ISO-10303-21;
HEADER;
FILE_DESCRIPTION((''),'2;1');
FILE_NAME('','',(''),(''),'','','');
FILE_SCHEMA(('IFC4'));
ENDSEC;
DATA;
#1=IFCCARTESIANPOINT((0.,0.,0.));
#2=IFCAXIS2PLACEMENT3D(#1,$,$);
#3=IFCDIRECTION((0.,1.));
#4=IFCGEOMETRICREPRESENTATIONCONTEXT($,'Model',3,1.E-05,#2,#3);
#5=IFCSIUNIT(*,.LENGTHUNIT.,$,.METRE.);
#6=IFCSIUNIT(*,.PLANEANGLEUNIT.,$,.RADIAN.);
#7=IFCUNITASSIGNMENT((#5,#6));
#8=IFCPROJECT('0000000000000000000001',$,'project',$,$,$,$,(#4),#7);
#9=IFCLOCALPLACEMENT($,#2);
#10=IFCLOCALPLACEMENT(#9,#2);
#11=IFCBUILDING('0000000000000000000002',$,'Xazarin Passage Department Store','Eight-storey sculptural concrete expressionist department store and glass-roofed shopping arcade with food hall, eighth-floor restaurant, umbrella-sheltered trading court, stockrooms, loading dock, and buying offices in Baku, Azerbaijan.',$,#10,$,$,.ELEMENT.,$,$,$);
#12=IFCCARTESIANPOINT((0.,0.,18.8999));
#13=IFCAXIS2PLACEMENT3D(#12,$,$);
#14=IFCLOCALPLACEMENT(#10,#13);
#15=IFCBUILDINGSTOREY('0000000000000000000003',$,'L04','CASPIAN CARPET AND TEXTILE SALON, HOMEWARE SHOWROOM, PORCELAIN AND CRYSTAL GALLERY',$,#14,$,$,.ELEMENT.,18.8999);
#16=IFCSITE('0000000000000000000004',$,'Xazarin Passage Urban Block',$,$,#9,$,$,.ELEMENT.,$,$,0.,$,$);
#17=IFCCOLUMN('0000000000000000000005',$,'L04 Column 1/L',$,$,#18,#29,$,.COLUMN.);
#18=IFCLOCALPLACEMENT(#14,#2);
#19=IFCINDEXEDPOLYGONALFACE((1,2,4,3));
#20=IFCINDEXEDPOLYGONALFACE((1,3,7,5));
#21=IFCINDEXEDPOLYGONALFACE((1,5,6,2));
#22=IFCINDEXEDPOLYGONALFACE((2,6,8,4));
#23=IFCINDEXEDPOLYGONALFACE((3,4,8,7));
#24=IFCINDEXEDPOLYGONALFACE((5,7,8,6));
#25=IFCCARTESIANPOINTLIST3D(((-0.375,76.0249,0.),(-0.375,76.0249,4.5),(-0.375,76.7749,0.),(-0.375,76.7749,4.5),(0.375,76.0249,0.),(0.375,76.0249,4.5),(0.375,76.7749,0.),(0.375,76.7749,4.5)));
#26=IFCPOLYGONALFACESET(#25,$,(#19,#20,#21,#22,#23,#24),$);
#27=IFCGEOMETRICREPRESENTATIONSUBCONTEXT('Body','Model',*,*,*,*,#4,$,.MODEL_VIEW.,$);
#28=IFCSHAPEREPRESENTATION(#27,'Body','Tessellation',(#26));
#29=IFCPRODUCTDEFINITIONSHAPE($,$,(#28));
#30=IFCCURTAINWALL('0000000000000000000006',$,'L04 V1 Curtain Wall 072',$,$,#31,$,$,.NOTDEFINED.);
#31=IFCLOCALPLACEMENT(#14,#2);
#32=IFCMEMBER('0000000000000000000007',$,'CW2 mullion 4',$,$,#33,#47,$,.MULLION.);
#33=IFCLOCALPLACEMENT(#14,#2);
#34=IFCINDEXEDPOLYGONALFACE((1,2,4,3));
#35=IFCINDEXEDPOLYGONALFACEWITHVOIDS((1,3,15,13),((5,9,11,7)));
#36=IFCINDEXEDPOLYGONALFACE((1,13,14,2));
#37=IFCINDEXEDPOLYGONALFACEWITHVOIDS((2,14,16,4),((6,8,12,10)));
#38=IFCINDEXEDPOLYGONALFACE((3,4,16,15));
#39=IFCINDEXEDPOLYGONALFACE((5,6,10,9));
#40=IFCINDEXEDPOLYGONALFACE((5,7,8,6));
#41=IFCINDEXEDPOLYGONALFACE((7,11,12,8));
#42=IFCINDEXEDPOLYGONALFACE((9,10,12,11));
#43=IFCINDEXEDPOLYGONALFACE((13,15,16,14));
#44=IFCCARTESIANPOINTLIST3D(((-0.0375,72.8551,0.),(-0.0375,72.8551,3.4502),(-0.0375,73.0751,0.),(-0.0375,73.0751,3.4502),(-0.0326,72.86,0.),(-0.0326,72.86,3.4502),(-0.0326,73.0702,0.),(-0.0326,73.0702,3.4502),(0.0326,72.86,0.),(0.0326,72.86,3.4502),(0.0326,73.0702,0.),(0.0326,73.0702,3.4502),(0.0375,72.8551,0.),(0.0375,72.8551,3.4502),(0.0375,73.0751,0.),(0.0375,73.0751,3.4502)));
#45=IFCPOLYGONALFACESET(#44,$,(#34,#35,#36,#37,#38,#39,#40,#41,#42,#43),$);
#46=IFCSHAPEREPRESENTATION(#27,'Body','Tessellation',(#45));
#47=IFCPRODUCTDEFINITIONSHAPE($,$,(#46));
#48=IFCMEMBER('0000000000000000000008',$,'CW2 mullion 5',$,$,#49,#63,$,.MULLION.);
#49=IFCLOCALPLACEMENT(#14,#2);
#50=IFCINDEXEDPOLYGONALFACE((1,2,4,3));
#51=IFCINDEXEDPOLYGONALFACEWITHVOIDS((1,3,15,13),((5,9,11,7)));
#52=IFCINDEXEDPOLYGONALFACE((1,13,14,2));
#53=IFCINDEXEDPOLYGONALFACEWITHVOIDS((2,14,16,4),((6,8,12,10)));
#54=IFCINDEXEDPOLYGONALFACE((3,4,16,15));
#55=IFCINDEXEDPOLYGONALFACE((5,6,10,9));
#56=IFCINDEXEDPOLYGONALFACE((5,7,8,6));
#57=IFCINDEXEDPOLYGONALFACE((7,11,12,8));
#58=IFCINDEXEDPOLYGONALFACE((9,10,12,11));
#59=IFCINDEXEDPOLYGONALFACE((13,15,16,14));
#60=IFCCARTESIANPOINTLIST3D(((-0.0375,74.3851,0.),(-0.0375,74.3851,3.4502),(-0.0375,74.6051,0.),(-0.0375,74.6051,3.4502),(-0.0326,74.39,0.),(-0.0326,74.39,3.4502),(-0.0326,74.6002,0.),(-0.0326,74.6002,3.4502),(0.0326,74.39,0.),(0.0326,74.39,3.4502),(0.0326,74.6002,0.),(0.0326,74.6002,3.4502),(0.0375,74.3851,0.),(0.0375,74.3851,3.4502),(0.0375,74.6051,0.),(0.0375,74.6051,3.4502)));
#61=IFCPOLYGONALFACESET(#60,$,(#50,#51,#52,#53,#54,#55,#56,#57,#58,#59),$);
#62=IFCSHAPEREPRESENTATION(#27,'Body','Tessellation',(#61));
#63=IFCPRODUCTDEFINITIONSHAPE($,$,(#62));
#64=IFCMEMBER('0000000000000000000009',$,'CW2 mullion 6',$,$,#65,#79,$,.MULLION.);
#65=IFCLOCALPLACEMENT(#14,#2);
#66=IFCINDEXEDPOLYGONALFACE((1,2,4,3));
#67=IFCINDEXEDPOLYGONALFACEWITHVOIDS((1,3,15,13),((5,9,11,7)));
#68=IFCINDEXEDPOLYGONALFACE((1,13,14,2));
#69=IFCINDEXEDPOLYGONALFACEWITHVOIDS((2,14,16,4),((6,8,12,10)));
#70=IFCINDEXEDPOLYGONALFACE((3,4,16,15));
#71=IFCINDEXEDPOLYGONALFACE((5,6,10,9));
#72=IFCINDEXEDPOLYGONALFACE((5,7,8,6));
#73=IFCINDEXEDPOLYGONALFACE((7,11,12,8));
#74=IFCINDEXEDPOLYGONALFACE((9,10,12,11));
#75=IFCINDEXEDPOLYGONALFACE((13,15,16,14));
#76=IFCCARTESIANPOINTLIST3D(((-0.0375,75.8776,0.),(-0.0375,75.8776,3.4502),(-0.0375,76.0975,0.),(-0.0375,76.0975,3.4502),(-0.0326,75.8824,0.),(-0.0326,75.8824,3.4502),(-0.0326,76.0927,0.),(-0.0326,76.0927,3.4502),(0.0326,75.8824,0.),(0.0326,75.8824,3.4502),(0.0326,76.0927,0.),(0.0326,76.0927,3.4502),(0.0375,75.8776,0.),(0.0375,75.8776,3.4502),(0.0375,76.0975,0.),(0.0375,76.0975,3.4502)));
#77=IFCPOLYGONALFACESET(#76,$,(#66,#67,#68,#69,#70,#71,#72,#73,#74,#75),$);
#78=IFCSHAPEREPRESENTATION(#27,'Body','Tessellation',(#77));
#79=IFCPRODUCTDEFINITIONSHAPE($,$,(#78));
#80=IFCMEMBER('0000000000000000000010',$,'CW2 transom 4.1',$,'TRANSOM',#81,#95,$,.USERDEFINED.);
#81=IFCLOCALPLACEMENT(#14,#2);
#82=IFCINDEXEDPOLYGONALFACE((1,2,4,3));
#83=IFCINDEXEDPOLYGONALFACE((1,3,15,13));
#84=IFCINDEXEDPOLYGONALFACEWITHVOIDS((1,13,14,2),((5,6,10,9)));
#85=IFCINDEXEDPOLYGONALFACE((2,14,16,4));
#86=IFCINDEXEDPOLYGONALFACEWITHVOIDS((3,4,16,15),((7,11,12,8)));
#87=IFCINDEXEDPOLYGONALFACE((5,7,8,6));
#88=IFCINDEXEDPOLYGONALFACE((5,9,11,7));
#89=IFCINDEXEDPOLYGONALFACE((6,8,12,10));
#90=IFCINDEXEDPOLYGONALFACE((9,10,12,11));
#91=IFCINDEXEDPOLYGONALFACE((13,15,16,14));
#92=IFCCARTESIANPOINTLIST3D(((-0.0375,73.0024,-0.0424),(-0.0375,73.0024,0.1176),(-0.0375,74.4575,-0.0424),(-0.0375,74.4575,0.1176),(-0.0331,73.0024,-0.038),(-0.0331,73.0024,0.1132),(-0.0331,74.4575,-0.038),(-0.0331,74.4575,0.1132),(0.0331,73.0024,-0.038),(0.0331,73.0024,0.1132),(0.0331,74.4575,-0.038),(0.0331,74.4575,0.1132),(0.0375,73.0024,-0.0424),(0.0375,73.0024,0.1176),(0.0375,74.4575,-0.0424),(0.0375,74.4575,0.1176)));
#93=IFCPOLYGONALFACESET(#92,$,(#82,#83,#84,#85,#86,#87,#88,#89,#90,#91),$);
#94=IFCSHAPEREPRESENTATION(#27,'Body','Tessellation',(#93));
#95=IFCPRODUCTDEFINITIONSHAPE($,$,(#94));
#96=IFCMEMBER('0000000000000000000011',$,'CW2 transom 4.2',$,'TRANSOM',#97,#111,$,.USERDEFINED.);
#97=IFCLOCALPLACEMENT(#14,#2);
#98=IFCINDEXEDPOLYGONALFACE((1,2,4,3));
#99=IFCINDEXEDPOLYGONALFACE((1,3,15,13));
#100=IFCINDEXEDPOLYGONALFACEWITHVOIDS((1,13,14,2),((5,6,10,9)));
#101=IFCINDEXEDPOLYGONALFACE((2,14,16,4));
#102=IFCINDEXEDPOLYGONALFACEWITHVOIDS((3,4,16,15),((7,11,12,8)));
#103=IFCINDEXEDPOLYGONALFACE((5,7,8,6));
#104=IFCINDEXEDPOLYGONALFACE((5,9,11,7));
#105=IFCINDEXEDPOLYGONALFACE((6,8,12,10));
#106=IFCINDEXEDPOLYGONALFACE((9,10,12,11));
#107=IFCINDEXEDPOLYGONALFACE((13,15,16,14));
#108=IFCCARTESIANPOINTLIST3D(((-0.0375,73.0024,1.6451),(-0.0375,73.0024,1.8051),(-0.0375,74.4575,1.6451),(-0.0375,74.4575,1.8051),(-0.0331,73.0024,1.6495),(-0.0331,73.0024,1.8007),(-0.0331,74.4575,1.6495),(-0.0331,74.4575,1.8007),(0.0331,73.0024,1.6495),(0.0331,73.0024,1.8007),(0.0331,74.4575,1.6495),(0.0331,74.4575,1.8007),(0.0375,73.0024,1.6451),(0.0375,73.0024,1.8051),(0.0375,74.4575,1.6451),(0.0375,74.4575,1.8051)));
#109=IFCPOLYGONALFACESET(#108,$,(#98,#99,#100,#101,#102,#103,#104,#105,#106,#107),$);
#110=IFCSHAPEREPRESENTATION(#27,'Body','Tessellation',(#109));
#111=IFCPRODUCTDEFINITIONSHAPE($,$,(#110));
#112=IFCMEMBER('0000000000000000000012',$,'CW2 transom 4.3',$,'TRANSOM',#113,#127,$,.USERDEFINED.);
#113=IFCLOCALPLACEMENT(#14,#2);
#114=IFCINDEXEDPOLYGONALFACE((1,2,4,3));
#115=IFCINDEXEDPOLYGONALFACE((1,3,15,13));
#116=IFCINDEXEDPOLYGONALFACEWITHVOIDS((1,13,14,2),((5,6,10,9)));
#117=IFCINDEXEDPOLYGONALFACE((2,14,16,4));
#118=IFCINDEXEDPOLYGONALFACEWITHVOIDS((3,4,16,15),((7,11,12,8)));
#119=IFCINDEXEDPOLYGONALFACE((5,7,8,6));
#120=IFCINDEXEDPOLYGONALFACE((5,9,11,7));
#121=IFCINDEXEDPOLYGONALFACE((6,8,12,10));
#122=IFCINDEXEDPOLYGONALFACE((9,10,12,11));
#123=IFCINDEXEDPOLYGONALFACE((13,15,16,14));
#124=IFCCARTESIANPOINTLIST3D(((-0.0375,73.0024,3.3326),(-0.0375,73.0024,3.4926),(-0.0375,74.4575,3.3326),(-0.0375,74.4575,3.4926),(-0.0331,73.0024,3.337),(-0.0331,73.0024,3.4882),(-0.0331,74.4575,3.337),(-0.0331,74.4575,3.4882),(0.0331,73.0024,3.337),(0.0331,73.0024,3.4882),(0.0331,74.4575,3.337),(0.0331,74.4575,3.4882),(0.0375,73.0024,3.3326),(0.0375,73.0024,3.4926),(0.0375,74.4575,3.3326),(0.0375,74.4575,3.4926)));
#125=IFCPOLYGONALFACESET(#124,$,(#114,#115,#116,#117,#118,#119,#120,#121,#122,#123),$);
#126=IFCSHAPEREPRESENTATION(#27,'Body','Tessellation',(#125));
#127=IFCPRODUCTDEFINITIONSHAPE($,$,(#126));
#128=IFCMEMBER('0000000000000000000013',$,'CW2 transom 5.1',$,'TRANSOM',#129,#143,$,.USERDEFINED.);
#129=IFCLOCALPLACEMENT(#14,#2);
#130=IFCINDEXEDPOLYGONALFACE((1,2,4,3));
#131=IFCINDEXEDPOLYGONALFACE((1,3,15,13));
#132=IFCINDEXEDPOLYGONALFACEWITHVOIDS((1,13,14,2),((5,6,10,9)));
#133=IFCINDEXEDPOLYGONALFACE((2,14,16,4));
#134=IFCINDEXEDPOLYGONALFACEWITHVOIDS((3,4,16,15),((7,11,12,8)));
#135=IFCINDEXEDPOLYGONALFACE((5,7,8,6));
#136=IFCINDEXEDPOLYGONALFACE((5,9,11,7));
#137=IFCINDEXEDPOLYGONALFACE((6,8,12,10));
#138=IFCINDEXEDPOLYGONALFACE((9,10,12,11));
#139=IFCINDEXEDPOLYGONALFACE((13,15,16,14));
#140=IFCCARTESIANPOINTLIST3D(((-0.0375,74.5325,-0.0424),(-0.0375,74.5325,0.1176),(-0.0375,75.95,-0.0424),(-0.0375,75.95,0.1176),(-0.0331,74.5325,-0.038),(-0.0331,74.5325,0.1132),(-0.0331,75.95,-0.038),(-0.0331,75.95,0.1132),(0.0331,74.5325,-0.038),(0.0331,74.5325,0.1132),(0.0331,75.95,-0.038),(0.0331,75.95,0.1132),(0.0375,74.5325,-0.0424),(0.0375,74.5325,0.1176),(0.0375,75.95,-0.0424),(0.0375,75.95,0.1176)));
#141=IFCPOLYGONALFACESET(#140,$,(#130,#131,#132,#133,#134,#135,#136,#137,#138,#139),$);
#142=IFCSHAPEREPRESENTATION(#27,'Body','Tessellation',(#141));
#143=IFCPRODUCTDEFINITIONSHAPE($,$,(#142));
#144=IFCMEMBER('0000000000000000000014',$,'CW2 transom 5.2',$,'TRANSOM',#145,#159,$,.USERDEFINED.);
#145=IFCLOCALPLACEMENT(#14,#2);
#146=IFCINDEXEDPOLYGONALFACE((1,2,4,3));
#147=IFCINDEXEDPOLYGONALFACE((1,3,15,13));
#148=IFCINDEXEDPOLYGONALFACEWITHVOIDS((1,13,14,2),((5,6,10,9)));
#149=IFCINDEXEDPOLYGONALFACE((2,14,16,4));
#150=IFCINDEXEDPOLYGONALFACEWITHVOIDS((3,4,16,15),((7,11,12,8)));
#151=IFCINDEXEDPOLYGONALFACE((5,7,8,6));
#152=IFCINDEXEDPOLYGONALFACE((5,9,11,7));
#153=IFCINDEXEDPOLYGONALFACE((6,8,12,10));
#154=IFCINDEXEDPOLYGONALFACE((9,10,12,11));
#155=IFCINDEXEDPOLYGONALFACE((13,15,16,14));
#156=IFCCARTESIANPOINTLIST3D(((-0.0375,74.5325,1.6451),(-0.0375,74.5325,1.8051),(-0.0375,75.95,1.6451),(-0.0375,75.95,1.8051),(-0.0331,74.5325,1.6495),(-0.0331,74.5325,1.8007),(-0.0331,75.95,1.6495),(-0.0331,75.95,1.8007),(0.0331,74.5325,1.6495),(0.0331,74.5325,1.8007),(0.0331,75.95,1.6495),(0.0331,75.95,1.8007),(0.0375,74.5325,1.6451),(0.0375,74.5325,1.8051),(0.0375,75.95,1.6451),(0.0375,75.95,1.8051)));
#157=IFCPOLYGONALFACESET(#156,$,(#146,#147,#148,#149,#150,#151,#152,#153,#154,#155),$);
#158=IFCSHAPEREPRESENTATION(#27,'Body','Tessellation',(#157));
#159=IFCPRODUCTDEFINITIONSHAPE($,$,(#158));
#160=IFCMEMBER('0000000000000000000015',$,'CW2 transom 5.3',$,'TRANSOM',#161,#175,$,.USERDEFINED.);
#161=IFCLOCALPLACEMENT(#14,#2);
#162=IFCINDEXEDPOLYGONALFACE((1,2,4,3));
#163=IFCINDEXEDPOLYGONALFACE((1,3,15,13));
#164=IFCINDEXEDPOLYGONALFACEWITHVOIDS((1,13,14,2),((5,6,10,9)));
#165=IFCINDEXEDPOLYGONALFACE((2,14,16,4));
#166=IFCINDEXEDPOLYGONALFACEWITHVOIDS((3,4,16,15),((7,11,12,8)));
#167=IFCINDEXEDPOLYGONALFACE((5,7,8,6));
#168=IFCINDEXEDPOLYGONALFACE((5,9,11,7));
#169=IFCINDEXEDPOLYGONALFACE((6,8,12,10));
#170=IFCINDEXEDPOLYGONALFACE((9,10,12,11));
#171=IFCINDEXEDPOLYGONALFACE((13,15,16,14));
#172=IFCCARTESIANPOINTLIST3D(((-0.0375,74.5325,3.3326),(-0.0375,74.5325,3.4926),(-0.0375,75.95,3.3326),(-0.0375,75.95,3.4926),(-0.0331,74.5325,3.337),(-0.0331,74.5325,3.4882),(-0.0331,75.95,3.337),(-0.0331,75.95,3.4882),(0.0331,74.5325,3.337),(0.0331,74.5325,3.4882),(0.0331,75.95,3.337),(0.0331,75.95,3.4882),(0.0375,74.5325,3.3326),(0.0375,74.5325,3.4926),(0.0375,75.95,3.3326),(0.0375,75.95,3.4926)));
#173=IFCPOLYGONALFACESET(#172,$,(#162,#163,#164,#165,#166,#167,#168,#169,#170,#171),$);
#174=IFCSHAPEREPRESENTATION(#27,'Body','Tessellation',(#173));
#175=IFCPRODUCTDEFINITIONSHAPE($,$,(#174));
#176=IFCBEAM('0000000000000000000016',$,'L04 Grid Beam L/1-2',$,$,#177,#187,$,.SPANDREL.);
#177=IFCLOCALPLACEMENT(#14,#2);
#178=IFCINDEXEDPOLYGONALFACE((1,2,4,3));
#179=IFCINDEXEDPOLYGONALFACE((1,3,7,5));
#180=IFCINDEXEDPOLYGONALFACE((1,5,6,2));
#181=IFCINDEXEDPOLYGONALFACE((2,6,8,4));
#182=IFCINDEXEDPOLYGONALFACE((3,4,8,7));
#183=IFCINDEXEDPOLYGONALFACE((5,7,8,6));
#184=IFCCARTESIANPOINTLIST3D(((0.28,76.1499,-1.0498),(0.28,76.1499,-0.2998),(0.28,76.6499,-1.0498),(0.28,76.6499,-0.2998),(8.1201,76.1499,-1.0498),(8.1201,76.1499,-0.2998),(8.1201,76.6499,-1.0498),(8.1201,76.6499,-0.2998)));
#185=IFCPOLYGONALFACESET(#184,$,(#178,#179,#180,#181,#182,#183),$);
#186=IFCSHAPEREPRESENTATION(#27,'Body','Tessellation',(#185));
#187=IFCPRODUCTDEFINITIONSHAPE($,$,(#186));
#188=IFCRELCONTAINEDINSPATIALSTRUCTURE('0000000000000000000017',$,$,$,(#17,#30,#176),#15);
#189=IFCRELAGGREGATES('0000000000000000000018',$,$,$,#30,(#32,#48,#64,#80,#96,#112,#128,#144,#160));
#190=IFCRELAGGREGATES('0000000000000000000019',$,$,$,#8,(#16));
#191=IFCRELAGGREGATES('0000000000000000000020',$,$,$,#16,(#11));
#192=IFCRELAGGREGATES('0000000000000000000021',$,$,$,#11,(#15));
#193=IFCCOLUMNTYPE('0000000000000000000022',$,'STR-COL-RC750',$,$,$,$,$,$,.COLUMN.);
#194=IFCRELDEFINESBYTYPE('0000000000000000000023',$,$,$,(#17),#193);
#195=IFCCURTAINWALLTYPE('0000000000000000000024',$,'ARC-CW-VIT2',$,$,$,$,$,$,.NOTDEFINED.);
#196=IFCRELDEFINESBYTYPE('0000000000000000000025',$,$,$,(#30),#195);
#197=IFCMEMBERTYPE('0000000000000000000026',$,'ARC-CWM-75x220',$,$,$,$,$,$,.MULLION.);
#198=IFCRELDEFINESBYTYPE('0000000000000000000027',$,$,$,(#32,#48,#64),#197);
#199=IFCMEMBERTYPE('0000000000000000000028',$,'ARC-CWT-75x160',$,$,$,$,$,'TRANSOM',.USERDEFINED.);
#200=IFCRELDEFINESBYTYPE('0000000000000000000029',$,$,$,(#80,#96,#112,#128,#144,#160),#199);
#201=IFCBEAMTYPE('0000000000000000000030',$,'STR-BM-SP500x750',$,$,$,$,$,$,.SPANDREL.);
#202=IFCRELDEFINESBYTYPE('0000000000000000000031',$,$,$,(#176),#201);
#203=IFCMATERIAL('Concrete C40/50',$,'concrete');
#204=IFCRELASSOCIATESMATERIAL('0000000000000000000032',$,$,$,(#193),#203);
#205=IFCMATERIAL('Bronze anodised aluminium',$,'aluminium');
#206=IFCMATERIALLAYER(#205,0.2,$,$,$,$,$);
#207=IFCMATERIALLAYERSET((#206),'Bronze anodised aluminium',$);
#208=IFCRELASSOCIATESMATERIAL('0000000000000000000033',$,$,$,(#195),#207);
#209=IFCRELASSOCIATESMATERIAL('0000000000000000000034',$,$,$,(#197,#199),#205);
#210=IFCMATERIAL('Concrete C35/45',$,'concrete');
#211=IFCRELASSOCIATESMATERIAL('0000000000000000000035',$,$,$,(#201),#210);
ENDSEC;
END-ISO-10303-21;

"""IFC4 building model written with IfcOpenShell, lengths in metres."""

from ifc_helpers import new_model, si_unit, direction, frame, origin, origin_2d, place, context, subcontext, project, spatial, rectangle, hollow_rectangle, extrude, material, layer, layer_set, material_profile, profile_set, type_object, element, aggregate, save


model = new_model("IFC4")

# Units and contexts
model_context = context("Model", 3, precision=1e-05, world=origin(), true_north=direction((0.0, 1.0)))
body_context = subcontext(model_context, "Body", "Model", "MODEL_VIEW")
ifc_project = project(units=[si_unit("LENGTHUNIT", "METRE"), si_unit("PLANEANGLEUNIT", "RADIAN")], contexts=[model_context])

# Site, building, storey
site_placement = place(None, origin())
site = spatial("IfcSite", under=ifc_project, at=site_placement, Name="Xazarin Passage Urban Block", CompositionType="ELEMENT", RefElevation=0.0)
building_placement = place(site_placement, origin())
building = spatial("IfcBuilding", under=site, at=building_placement, Name="Xazarin Passage Department Store", Description="Eight-storey sculptural concrete expressionist department store and glass-roofed shopping arcade with food hall, eighth-floor restaurant, umbrella-sheltered trading court, stockrooms, loading dock, and buying offices in Baku, Azerbaijan.", CompositionType="ELEMENT")
storey_placement = place(building_placement, frame((0.0, 0.0, 18.8999)))
storey = spatial("IfcBuildingStorey", under=building, at=storey_placement, Name="L04", Description="CASPIAN CARPET AND TEXTILE SALON, HOMEWARE SHOWROOM, PORCELAIN AND CRYSTAL GALLERY", CompositionType="ELEMENT", Elevation=18.8999)

# Column
ifc_material_1 = material(Name="Concrete C40/50", Category="concrete")
ifc_material_profile_1 = material_profile(ifc_material_1, rectangle(XDim=0.75, YDim=0.75, at=origin_2d()), Name="RC 750x750")
ifc_profile_set_1 = profile_set([ifc_material_profile_1], Name="Concrete C40/50")
column_type = type_object("IfcColumnType", Name="STR-COL-RC750", PredefinedType="COLUMN", material=ifc_profile_set_1)
column_placement = place(storey_placement, frame((0.0, 76.3999, 0.0), z_axis=(0.0, 0.0, 1.0), x_axis=(1.0, 0.0, 0.0)))
element("IfcColumn", 1, at=column_placement, inside=storey, type_object=column_type, Name="L04 Column 1/L", PredefinedType="COLUMN", context=body_context, shape_type="SweptSolid", body=[
    extrude(rectangle(XDim=0.75, YDim=0.75, at=origin_2d()), origin(), (0.0, 0.0, 1.0), 4.5),
])

# Curtain wall, members
ifc_material_2 = material(Name="Bronze anodised aluminium", Category="aluminium")
ifc_layer_1 = layer(ifc_material_2, 0.2)
ifc_layer_set_1 = layer_set([ifc_layer_1], Name="Bronze anodised aluminium")
curtain_wall_type = type_object("IfcCurtainWallType", Name="ARC-CW-VIT2", PredefinedType="NOTDEFINED", material=ifc_layer_set_1)
curtain_wall_placement = place(storey_placement, origin())
curtain_wall = element("IfcCurtainWall", 2, at=curtain_wall_placement, inside=storey, type_object=curtain_wall_type, Name="L04 V1 Curtain Wall 072", PredefinedType="NOTDEFINED")
ifc_material_profile_2 = material_profile(ifc_material_2, hollow_rectangle(XDim=0.075, YDim=0.22, WallThickness=0.0049, at=origin_2d()), Name="ALU 75x220")
ifc_profile_set_2 = profile_set([ifc_material_profile_2], Name="Bronze anodised aluminium")
member_type_1 = type_object("IfcMemberType", Name="ARC-CWM-75x220", PredefinedType="MULLION", material=ifc_profile_set_2)
member_1_placement = place(storey_placement, frame((0.0, 72.9651, 0.0), z_axis=(0.0, 0.0, 1.0), x_axis=(-1.0, 0.0, 0.0)))
member_1 = element("IfcMember", 3, at=member_1_placement, type_object=member_type_1, Name="CW2 mullion 4", PredefinedType="MULLION", context=body_context, shape_type="SweptSolid", body=[
    extrude(hollow_rectangle(XDim=0.075, YDim=0.22, WallThickness=0.0049, at=origin_2d()), origin(), (0.0, 0.0, 1.0), 3.4502),
])
member_2_placement = place(storey_placement, frame((0.0, 74.4951, 0.0), z_axis=(0.0, 0.0, 1.0), x_axis=(-1.0, 0.0, 0.0)))
member_2 = element("IfcMember", 4, at=member_2_placement, type_object=member_type_1, Name="CW2 mullion 5", PredefinedType="MULLION", context=body_context, shape_type="SweptSolid", body=[
    extrude(hollow_rectangle(XDim=0.075, YDim=0.22, WallThickness=0.0049, at=origin_2d()), origin(), (0.0, 0.0, 1.0), 3.4502),
])
member_3_placement = place(storey_placement, frame((0.0, 75.9875, 0.0), z_axis=(0.0, 0.0, 1.0), x_axis=(-1.0, 0.0, 0.0)))
member_3 = element("IfcMember", 5, at=member_3_placement, type_object=member_type_1, Name="CW2 mullion 6", PredefinedType="MULLION", context=body_context, shape_type="SweptSolid", body=[
    extrude(hollow_rectangle(XDim=0.075, YDim=0.22, WallThickness=0.0049, at=origin_2d()), origin(), (0.0, 0.0, 1.0), 3.4502),
])
ifc_material_profile_3 = material_profile(ifc_material_2, hollow_rectangle(XDim=0.075, YDim=0.1599, WallThickness=0.0044, at=origin_2d()), Name="ALU 75x160")
ifc_profile_set_3 = profile_set([ifc_material_profile_3], Name="Bronze anodised aluminium")
member_type_2 = type_object("IfcMemberType", Name="ARC-CWT-75x160", ElementType="TRANSOM", PredefinedType="USERDEFINED", material=ifc_profile_set_3)
member_4_placement = place(storey_placement, frame((0.0, 73.0024, 0.0376), z_axis=(0.0, 1.0, 0.0), x_axis=(-1.0, 0.0, 0.0)))
member_4 = element("IfcMember", 6, at=member_4_placement, type_object=member_type_2, Name="CW2 transom 4.1", ObjectType="TRANSOM", PredefinedType="USERDEFINED", context=body_context, shape_type="SweptSolid", body=[
    extrude(hollow_rectangle(XDim=0.075, YDim=0.1599, WallThickness=0.0044, at=origin_2d()), origin(), (0.0, 0.0, 1.0), 1.4551),
])
member_5_placement = place(storey_placement, frame((0.0, 73.0024, 1.7251), z_axis=(0.0, 1.0, 0.0), x_axis=(-1.0, 0.0, 0.0)))
member_5 = element("IfcMember", 7, at=member_5_placement, type_object=member_type_2, Name="CW2 transom 4.2", ObjectType="TRANSOM", PredefinedType="USERDEFINED", context=body_context, shape_type="SweptSolid", body=[
    extrude(hollow_rectangle(XDim=0.075, YDim=0.1599, WallThickness=0.0044, at=origin_2d()), origin(), (0.0, 0.0, 1.0), 1.4551),
])
member_6_placement = place(storey_placement, frame((0.0, 73.0024, 3.4126), z_axis=(0.0, 1.0, 0.0), x_axis=(-1.0, 0.0, 0.0)))
member_6 = element("IfcMember", 8, at=member_6_placement, type_object=member_type_2, Name="CW2 transom 4.3", ObjectType="TRANSOM", PredefinedType="USERDEFINED", context=body_context, shape_type="SweptSolid", body=[
    extrude(hollow_rectangle(XDim=0.075, YDim=0.1599, WallThickness=0.0044, at=origin_2d()), origin(), (0.0, 0.0, 1.0), 1.4551),
])
member_7_placement = place(storey_placement, frame((0.0, 74.5325, 0.0376), z_axis=(0.0, 1.0, 0.0), x_axis=(-1.0, 0.0, 0.0)))
member_7 = element("IfcMember", 9, at=member_7_placement, type_object=member_type_2, Name="CW2 transom 5.1", ObjectType="TRANSOM", PredefinedType="USERDEFINED", context=body_context, shape_type="SweptSolid", body=[
    extrude(hollow_rectangle(XDim=0.075, YDim=0.1599, WallThickness=0.0044, at=origin_2d()), origin(), (0.0, 0.0, 1.0), 1.4175),
])
member_8_placement = place(storey_placement, frame((0.0, 74.5325, 1.7251), z_axis=(0.0, 1.0, 0.0), x_axis=(-1.0, 0.0, 0.0)))
member_8 = element("IfcMember", 10, at=member_8_placement, type_object=member_type_2, Name="CW2 transom 5.2", ObjectType="TRANSOM", PredefinedType="USERDEFINED", context=body_context, shape_type="SweptSolid", body=[
    extrude(hollow_rectangle(XDim=0.075, YDim=0.1599, WallThickness=0.0044, at=origin_2d()), origin(), (0.0, 0.0, 1.0), 1.4175),
])
member_9_placement = place(storey_placement, frame((0.0, 74.5325, 3.4126), z_axis=(0.0, 1.0, 0.0), x_axis=(-1.0, 0.0, 0.0)))
member_9 = element("IfcMember", 11, at=member_9_placement, type_object=member_type_2, Name="CW2 transom 5.3", ObjectType="TRANSOM", PredefinedType="USERDEFINED", context=body_context, shape_type="SweptSolid", body=[
    extrude(hollow_rectangle(XDim=0.075, YDim=0.1599, WallThickness=0.0044, at=origin_2d()), origin(), (0.0, 0.0, 1.0), 1.4175),
])

# Beam
ifc_material_3 = material(Name="Concrete C35/45", Category="concrete")
ifc_material_profile_4 = material_profile(ifc_material_3, rectangle(XDim=0.5, YDim=0.75, at=origin_2d()), Name="RC 500x750")
ifc_profile_set_4 = profile_set([ifc_material_profile_4], Name="Concrete C35/45")
beam_type = type_object("IfcBeamType", Name="STR-BM-SP500x750", PredefinedType="SPANDREL", material=ifc_profile_set_4)
for number, where, z_axis, x_axis, name in (
    (12, (0.28, 76.3999, -0.6748), (1.0, 0.0, 0.0), (0.0, 1.0, 0.0), "L04 Grid Beam L/1-2"),
):
    element("IfcBeam", number, at=place(storey_placement, frame(where, z_axis=z_axis, x_axis=x_axis)), inside=storey, type_object=beam_type, Name=name, PredefinedType="SPANDREL", context=body_context, shape_type="SweptSolid", body=[
        extrude(rectangle(XDim=0.5, YDim=0.75, at=origin_2d()), origin(), (0.0, 0.0, 1.0), 7.8401),
    ])

aggregate(curtain_wall, [member_1, member_2, member_3, member_4, member_5, member_6, member_7, member_8, member_9])

save(model, "model.ifc")
